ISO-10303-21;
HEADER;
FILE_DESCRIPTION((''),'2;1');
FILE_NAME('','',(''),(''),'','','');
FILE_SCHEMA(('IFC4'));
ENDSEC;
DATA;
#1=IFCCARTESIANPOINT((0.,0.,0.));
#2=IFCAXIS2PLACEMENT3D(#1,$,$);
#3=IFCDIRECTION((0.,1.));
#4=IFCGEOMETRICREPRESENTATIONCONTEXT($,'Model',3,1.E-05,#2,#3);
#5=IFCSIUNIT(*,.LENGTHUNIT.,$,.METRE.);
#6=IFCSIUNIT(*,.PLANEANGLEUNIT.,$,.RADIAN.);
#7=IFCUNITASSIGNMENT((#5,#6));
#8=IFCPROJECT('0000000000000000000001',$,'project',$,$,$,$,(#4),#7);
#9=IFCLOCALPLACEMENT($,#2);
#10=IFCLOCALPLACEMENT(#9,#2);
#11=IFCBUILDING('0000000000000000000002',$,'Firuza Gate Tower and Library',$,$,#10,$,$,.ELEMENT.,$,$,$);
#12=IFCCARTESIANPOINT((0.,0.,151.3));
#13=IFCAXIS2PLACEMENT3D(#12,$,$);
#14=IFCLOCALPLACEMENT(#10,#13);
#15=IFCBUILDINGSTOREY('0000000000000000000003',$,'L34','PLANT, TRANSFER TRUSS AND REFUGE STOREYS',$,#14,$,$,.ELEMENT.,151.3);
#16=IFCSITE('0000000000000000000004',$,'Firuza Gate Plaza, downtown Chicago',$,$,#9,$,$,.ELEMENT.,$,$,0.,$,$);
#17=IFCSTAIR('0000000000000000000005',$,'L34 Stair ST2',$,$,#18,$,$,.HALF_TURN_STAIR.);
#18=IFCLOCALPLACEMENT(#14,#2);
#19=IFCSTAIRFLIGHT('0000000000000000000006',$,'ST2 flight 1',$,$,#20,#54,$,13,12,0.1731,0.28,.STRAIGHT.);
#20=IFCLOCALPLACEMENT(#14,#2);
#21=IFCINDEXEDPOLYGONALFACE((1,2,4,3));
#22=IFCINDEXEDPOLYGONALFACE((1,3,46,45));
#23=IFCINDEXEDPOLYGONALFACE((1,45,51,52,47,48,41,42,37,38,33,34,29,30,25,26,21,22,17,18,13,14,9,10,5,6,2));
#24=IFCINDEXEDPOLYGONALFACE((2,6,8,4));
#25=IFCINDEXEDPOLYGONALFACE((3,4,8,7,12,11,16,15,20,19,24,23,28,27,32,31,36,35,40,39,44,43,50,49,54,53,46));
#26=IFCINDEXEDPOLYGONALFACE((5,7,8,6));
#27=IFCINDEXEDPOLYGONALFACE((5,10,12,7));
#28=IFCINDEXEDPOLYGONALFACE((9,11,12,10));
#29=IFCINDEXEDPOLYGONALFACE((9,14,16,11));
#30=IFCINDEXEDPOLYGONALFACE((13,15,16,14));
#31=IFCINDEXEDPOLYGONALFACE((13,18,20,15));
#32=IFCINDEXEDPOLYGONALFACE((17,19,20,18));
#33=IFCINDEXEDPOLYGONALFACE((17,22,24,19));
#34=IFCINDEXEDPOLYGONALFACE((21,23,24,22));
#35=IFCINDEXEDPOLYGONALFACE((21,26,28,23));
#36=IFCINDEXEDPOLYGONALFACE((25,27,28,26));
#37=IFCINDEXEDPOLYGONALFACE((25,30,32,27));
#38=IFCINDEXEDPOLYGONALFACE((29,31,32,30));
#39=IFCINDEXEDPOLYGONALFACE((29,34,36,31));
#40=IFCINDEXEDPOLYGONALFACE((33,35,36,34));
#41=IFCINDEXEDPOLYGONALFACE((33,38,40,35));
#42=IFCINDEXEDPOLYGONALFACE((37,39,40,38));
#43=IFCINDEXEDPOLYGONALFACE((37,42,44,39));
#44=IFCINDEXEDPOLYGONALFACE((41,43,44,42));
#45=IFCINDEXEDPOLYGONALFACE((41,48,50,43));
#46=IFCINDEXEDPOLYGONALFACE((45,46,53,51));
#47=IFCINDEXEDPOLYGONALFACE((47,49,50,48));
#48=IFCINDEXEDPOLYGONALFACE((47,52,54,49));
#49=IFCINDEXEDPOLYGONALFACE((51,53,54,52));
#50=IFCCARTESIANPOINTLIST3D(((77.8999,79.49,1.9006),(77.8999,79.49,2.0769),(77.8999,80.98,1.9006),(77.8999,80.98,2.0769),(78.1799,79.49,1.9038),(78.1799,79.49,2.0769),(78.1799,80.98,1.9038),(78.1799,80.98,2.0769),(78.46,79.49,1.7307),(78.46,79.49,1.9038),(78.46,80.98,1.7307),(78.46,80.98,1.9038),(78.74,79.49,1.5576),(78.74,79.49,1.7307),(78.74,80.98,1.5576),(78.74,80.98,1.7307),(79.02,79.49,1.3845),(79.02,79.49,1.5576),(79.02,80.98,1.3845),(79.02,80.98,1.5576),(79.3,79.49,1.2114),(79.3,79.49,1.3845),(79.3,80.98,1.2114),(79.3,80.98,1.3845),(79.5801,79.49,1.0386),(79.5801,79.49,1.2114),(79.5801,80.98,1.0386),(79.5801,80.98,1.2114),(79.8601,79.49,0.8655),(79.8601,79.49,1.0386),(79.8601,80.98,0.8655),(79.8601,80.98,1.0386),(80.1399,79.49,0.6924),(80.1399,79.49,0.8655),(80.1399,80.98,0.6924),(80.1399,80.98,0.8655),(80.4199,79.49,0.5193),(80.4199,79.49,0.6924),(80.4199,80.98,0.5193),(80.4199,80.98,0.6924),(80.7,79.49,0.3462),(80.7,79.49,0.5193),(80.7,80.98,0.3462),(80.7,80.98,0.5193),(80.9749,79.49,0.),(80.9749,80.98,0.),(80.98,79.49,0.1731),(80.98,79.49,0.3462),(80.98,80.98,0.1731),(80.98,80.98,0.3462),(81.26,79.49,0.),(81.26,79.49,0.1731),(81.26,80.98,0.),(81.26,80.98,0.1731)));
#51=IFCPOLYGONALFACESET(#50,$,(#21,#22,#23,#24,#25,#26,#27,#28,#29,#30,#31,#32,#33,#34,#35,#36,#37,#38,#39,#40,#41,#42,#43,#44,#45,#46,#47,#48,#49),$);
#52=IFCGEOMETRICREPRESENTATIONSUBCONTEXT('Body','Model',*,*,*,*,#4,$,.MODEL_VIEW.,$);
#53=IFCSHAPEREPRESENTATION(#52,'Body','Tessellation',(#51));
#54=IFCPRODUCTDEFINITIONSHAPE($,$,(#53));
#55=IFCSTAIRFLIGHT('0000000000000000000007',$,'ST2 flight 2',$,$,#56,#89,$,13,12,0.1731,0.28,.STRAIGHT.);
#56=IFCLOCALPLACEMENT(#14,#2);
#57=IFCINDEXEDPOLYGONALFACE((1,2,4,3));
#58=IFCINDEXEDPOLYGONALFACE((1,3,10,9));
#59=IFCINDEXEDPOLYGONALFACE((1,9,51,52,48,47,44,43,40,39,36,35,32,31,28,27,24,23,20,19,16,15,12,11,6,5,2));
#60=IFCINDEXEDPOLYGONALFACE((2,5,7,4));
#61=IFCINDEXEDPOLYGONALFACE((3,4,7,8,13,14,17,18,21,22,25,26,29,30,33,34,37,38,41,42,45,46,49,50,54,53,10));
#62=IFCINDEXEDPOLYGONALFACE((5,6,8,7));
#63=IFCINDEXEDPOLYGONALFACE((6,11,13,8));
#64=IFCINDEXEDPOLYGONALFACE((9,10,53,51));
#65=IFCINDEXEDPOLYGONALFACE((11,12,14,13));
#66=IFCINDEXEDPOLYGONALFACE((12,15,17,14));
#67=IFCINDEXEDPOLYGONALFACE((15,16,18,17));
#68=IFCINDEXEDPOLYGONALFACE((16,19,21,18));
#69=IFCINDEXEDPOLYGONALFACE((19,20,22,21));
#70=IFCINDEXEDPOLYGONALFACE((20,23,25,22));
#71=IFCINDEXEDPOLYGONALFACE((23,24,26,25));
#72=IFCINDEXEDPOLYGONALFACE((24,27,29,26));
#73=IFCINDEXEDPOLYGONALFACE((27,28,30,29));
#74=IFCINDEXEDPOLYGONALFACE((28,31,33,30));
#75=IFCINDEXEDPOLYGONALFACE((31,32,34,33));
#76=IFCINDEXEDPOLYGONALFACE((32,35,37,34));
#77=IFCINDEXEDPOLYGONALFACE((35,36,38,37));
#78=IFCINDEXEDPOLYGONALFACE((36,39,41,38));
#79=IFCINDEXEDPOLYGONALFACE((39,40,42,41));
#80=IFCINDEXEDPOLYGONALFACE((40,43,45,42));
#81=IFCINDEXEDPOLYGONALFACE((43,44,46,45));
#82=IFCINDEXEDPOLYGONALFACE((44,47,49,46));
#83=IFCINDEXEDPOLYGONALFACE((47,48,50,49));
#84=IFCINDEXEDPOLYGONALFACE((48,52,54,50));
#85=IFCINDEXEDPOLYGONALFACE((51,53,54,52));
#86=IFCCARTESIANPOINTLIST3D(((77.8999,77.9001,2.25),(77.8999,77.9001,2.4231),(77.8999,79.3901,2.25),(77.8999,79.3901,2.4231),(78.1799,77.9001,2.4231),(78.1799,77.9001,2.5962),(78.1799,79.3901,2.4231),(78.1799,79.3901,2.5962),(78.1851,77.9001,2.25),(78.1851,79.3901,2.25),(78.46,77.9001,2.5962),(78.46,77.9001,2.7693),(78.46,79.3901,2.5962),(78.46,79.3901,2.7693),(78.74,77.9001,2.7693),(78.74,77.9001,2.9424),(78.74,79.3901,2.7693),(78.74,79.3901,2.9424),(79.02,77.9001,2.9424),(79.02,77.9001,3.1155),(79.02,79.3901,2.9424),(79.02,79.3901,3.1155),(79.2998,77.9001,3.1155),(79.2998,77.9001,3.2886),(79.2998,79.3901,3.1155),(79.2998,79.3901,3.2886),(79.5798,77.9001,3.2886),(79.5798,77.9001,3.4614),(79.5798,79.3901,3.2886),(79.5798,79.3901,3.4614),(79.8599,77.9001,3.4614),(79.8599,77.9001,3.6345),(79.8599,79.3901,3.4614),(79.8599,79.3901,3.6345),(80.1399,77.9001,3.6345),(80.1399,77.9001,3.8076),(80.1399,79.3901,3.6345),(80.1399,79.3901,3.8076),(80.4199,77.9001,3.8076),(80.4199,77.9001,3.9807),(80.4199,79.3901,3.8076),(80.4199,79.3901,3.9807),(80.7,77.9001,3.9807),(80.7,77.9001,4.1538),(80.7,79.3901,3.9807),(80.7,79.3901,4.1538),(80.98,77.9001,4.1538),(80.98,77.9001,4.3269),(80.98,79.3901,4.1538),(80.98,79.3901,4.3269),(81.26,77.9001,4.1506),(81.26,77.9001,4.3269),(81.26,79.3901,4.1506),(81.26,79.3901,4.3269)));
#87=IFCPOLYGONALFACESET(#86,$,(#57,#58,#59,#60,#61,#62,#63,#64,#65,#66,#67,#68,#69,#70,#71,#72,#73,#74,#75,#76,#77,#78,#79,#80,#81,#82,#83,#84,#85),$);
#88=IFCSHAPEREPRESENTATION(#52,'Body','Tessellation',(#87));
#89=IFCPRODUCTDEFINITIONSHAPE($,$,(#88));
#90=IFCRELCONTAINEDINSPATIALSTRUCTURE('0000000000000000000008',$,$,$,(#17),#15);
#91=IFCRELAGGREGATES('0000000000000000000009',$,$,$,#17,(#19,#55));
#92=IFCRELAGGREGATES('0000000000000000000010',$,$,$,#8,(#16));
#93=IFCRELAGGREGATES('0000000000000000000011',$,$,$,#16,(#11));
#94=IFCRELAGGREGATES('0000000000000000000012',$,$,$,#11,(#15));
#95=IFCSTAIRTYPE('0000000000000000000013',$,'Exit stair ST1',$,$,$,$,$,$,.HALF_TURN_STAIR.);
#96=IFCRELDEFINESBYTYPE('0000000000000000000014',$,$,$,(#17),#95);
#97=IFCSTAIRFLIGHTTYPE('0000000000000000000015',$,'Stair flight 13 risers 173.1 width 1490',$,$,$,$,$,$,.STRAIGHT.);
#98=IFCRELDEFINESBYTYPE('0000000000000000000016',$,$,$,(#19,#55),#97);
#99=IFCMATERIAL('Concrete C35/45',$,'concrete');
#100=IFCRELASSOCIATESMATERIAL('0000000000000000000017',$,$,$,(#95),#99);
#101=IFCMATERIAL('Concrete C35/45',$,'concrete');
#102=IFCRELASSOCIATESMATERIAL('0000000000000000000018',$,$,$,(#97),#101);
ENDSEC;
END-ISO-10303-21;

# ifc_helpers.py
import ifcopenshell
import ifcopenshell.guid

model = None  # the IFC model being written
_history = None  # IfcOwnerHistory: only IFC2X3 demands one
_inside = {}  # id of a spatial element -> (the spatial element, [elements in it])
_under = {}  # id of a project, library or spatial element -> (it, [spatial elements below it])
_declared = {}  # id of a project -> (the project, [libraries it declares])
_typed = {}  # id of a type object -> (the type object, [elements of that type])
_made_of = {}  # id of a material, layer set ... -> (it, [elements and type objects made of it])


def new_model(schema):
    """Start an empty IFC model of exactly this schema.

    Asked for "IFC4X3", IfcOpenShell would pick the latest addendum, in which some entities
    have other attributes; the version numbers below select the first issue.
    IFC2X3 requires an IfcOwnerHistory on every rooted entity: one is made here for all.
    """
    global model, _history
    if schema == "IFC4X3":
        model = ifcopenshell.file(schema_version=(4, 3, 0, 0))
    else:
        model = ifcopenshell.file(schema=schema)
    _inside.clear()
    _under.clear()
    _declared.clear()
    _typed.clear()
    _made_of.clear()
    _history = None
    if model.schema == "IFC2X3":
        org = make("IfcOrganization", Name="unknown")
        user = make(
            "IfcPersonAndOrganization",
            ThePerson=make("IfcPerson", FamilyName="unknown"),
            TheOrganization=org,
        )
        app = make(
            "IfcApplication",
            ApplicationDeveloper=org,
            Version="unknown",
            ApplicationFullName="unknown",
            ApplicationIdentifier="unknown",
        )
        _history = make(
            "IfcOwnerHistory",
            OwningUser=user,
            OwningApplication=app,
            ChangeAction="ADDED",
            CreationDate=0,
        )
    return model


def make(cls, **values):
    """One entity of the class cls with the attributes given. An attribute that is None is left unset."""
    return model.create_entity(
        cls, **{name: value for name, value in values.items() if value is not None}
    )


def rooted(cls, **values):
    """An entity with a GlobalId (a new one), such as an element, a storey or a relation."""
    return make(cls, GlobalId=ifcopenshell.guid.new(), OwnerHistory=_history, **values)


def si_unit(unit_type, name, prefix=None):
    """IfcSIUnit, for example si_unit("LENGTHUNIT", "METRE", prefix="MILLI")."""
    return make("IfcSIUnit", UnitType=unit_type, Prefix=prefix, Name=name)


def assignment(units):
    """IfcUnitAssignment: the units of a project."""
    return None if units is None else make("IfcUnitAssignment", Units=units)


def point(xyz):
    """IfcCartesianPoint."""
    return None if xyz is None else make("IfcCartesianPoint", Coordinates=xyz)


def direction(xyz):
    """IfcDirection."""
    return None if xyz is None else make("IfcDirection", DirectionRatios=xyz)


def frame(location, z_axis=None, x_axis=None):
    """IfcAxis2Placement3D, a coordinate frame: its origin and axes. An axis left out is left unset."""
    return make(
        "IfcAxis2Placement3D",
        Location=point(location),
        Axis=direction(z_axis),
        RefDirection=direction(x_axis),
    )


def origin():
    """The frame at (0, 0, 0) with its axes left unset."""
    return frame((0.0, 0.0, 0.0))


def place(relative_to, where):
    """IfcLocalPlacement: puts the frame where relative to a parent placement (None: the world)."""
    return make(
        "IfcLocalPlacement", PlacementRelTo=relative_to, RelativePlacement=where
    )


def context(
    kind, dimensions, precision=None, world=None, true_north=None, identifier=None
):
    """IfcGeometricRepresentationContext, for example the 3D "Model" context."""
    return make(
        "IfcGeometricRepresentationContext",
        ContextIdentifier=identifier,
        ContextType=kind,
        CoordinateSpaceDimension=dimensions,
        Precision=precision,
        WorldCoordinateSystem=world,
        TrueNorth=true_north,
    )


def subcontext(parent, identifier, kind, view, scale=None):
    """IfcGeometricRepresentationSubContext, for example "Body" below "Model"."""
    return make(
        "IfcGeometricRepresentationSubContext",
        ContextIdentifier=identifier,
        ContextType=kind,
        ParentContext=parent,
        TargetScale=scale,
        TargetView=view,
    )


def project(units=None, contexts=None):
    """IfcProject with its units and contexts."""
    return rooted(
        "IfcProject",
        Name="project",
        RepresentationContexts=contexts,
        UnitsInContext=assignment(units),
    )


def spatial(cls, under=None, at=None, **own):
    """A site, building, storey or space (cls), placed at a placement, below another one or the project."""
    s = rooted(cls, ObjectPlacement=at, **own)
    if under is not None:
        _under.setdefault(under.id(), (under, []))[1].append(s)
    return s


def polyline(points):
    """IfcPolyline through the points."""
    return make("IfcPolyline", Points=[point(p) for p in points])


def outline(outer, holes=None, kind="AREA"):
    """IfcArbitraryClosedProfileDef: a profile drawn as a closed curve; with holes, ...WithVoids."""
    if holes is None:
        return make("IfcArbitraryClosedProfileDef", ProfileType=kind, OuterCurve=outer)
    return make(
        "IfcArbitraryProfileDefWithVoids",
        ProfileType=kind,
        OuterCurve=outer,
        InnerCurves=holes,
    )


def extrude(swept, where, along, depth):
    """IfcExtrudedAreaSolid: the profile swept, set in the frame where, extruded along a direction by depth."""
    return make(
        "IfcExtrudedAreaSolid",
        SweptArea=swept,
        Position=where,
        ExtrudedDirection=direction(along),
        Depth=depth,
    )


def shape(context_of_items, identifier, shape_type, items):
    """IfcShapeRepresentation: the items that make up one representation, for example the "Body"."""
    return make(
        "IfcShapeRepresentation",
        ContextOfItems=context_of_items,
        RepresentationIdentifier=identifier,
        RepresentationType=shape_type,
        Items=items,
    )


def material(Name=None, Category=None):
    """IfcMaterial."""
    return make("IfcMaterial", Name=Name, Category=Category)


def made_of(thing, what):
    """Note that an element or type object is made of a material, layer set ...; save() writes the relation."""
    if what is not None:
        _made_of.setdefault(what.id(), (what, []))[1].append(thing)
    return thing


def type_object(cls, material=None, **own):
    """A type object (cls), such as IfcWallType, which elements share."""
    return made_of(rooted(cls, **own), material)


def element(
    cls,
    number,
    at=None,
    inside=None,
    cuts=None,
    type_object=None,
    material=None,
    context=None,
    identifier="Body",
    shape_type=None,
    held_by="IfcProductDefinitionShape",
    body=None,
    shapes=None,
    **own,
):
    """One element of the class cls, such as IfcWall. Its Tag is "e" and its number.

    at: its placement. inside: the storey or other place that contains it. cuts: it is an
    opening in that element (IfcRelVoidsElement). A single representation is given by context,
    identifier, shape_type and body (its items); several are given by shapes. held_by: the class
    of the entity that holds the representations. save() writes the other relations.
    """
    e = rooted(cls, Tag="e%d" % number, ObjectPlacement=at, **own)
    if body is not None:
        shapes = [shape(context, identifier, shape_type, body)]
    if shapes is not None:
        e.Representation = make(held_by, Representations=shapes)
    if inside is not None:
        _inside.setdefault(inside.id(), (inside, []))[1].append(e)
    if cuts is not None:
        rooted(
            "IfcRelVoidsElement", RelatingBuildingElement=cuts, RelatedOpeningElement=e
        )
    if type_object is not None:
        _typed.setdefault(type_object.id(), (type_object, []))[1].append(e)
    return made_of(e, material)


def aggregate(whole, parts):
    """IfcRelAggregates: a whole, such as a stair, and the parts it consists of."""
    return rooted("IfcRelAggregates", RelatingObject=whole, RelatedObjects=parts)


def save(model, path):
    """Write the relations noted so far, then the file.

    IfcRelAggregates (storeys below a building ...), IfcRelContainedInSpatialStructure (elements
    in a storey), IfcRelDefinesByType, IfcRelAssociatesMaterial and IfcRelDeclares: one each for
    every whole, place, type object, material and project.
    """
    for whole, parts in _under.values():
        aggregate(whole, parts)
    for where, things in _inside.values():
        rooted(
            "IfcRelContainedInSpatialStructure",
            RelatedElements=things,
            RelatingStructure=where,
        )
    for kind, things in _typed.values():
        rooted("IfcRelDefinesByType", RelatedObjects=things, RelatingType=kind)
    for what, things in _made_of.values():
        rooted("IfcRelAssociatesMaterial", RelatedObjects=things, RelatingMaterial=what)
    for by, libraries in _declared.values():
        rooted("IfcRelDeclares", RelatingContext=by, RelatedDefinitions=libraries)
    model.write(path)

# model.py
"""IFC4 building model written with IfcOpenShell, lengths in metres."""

from ifc_helpers import new_model, si_unit, direction, frame, origin, place, context, subcontext, project, spatial, polyline, outline, extrude, material, type_object, element, aggregate, save


model = new_model("IFC4")

# Units and contexts
model_context = context("Model", 3, precision=1e-05, world=origin(), true_north=direction((0.0, 1.0)))
body_context = subcontext(model_context, "Body", "Model", "MODEL_VIEW")
ifc_project = project(units=[si_unit("LENGTHUNIT", "METRE"), si_unit("PLANEANGLEUNIT", "RADIAN")], contexts=[model_context])

# Site, building, storey
site_placement = place(None, origin())
site = spatial("IfcSite", under=ifc_project, at=site_placement, Name="Firuza Gate Plaza, downtown Chicago", CompositionType="ELEMENT", RefElevation=0.0)
building_placement = place(site_placement, origin())
building = spatial("IfcBuilding", under=site, at=building_placement, Name="Firuza Gate Tower and Library", CompositionType="ELEMENT")
storey_placement = place(building_placement, frame((0.0, 0.0, 151.3)))
storey = spatial("IfcBuildingStorey", under=building, at=storey_placement, Name="L34", Description="PLANT, TRANSFER TRUSS AND REFUGE STOREYS", CompositionType="ELEMENT", Elevation=151.3)

# Stair, stair flights
ifc_material_1 = material(Name="Concrete C35/45", Category="concrete")
stair_type = type_object("IfcStairType", Name="Exit stair ST1", PredefinedType="HALF_TURN_STAIR", material=ifc_material_1)
stair_placement = place(storey_placement, origin())
stair = element("IfcStair", 1, at=stair_placement, inside=storey, type_object=stair_type, Name="L34 Stair ST2", PredefinedType="HALF_TURN_STAIR")
ifc_material_2 = material(Name="Concrete C35/45", Category="concrete")
stair_flight_type = type_object("IfcStairFlightType", Name="Stair flight 13 risers 173.1 width 1490", PredefinedType="STRAIGHT", material=ifc_material_2)
stair_flight_1_placement = place(storey_placement, frame((81.26, 80.2351, 0.0), z_axis=(0.0, 0.0, 1.0), x_axis=(-1.0, 0.0, 0.0)))
stair_flight_1 = element("IfcStairFlight", 2, at=stair_flight_1_placement, type_object=stair_flight_type, Name="ST2 flight 1", NumberOfRisers=13, NumberOfTreads=12, PredefinedType="STRAIGHT", RiserHeight=0.1731, TreadLength=0.28, context=body_context, shape_type="SweptSolid", body=[
    extrude(outline(polyline([(0.0, 0.0), (0.0, 0.1731), (0.28, 0.1731), (0.28, 0.3462), (0.5601, 0.3462), (0.5601, 0.5193), (0.8401, 0.5193), (0.8401, 0.6924), (1.1201, 0.6924), (1.1201, 0.8655), (1.3999, 0.8655), (1.3999, 1.0386), (1.6799, 1.0386), (1.6799, 1.2114), (1.96, 1.2114), (1.96, 1.3845), (2.24, 1.3845), (2.24, 1.5576), (2.52, 1.5576), (2.52, 1.7307), (2.8, 1.7307), (2.8, 1.9038), (3.0801, 1.9038), (3.0801, 2.0769), (3.3601, 2.0769), (3.3601, 2.25), (3.3601, 1.9006), (0.2852, 0.0), (0.0, 0.0)])), frame((0.0, 0.7451, 0.0), z_axis=(0.0, -1.0, 0.0), x_axis=(1.0, 0.0, 0.0)), (0.0, 0.0, 1.0), 1.49),
])
stair_flight_2_placement = place(storey_placement, frame((77.8999, 78.645, 2.25), z_axis=(0.0, 0.0, 1.0), x_axis=(1.0, 0.0, 0.0)))
stair_flight_2 = element("IfcStairFlight", 3, at=stair_flight_2_placement, type_object=stair_flight_type, Name="ST2 flight 2", NumberOfRisers=13, NumberOfTreads=12, PredefinedType="STRAIGHT", RiserHeight=0.1731, TreadLength=0.28, context=body_context, shape_type="SweptSolid", body=[
    extrude(outline(polyline([(0.0, 0.0), (0.0, 0.1731), (0.28, 0.1731), (0.28, 0.3462), (0.5601, 0.3462), (0.5601, 0.5193), (0.8401, 0.5193), (0.8401, 0.6924), (1.1201, 0.6924), (1.1201, 0.8655), (1.3999, 0.8655), (1.3999, 1.0386), (1.6799, 1.0386), (1.6799, 1.2114), (1.96, 1.2114), (1.96, 1.3845), (2.24, 1.3845), (2.24, 1.5576), (2.52, 1.5576), (2.52, 1.7307), (2.8, 1.7307), (2.8, 1.9038), (3.0801, 1.9038), (3.0801, 2.0769), (3.3601, 2.0769), (3.3601, 2.25), (3.3601, 1.9006), (0.2852, 0.0), (0.0, 0.0)])), frame((0.0, 0.7451, 0.0), z_axis=(0.0, -1.0, 0.0), x_axis=(1.0, 0.0, 0.0)), (0.0, 0.0, 1.0), 1.49),
])
aggregate(stair, [stair_flight_1, stair_flight_2])

save(model, "model.ifc")
